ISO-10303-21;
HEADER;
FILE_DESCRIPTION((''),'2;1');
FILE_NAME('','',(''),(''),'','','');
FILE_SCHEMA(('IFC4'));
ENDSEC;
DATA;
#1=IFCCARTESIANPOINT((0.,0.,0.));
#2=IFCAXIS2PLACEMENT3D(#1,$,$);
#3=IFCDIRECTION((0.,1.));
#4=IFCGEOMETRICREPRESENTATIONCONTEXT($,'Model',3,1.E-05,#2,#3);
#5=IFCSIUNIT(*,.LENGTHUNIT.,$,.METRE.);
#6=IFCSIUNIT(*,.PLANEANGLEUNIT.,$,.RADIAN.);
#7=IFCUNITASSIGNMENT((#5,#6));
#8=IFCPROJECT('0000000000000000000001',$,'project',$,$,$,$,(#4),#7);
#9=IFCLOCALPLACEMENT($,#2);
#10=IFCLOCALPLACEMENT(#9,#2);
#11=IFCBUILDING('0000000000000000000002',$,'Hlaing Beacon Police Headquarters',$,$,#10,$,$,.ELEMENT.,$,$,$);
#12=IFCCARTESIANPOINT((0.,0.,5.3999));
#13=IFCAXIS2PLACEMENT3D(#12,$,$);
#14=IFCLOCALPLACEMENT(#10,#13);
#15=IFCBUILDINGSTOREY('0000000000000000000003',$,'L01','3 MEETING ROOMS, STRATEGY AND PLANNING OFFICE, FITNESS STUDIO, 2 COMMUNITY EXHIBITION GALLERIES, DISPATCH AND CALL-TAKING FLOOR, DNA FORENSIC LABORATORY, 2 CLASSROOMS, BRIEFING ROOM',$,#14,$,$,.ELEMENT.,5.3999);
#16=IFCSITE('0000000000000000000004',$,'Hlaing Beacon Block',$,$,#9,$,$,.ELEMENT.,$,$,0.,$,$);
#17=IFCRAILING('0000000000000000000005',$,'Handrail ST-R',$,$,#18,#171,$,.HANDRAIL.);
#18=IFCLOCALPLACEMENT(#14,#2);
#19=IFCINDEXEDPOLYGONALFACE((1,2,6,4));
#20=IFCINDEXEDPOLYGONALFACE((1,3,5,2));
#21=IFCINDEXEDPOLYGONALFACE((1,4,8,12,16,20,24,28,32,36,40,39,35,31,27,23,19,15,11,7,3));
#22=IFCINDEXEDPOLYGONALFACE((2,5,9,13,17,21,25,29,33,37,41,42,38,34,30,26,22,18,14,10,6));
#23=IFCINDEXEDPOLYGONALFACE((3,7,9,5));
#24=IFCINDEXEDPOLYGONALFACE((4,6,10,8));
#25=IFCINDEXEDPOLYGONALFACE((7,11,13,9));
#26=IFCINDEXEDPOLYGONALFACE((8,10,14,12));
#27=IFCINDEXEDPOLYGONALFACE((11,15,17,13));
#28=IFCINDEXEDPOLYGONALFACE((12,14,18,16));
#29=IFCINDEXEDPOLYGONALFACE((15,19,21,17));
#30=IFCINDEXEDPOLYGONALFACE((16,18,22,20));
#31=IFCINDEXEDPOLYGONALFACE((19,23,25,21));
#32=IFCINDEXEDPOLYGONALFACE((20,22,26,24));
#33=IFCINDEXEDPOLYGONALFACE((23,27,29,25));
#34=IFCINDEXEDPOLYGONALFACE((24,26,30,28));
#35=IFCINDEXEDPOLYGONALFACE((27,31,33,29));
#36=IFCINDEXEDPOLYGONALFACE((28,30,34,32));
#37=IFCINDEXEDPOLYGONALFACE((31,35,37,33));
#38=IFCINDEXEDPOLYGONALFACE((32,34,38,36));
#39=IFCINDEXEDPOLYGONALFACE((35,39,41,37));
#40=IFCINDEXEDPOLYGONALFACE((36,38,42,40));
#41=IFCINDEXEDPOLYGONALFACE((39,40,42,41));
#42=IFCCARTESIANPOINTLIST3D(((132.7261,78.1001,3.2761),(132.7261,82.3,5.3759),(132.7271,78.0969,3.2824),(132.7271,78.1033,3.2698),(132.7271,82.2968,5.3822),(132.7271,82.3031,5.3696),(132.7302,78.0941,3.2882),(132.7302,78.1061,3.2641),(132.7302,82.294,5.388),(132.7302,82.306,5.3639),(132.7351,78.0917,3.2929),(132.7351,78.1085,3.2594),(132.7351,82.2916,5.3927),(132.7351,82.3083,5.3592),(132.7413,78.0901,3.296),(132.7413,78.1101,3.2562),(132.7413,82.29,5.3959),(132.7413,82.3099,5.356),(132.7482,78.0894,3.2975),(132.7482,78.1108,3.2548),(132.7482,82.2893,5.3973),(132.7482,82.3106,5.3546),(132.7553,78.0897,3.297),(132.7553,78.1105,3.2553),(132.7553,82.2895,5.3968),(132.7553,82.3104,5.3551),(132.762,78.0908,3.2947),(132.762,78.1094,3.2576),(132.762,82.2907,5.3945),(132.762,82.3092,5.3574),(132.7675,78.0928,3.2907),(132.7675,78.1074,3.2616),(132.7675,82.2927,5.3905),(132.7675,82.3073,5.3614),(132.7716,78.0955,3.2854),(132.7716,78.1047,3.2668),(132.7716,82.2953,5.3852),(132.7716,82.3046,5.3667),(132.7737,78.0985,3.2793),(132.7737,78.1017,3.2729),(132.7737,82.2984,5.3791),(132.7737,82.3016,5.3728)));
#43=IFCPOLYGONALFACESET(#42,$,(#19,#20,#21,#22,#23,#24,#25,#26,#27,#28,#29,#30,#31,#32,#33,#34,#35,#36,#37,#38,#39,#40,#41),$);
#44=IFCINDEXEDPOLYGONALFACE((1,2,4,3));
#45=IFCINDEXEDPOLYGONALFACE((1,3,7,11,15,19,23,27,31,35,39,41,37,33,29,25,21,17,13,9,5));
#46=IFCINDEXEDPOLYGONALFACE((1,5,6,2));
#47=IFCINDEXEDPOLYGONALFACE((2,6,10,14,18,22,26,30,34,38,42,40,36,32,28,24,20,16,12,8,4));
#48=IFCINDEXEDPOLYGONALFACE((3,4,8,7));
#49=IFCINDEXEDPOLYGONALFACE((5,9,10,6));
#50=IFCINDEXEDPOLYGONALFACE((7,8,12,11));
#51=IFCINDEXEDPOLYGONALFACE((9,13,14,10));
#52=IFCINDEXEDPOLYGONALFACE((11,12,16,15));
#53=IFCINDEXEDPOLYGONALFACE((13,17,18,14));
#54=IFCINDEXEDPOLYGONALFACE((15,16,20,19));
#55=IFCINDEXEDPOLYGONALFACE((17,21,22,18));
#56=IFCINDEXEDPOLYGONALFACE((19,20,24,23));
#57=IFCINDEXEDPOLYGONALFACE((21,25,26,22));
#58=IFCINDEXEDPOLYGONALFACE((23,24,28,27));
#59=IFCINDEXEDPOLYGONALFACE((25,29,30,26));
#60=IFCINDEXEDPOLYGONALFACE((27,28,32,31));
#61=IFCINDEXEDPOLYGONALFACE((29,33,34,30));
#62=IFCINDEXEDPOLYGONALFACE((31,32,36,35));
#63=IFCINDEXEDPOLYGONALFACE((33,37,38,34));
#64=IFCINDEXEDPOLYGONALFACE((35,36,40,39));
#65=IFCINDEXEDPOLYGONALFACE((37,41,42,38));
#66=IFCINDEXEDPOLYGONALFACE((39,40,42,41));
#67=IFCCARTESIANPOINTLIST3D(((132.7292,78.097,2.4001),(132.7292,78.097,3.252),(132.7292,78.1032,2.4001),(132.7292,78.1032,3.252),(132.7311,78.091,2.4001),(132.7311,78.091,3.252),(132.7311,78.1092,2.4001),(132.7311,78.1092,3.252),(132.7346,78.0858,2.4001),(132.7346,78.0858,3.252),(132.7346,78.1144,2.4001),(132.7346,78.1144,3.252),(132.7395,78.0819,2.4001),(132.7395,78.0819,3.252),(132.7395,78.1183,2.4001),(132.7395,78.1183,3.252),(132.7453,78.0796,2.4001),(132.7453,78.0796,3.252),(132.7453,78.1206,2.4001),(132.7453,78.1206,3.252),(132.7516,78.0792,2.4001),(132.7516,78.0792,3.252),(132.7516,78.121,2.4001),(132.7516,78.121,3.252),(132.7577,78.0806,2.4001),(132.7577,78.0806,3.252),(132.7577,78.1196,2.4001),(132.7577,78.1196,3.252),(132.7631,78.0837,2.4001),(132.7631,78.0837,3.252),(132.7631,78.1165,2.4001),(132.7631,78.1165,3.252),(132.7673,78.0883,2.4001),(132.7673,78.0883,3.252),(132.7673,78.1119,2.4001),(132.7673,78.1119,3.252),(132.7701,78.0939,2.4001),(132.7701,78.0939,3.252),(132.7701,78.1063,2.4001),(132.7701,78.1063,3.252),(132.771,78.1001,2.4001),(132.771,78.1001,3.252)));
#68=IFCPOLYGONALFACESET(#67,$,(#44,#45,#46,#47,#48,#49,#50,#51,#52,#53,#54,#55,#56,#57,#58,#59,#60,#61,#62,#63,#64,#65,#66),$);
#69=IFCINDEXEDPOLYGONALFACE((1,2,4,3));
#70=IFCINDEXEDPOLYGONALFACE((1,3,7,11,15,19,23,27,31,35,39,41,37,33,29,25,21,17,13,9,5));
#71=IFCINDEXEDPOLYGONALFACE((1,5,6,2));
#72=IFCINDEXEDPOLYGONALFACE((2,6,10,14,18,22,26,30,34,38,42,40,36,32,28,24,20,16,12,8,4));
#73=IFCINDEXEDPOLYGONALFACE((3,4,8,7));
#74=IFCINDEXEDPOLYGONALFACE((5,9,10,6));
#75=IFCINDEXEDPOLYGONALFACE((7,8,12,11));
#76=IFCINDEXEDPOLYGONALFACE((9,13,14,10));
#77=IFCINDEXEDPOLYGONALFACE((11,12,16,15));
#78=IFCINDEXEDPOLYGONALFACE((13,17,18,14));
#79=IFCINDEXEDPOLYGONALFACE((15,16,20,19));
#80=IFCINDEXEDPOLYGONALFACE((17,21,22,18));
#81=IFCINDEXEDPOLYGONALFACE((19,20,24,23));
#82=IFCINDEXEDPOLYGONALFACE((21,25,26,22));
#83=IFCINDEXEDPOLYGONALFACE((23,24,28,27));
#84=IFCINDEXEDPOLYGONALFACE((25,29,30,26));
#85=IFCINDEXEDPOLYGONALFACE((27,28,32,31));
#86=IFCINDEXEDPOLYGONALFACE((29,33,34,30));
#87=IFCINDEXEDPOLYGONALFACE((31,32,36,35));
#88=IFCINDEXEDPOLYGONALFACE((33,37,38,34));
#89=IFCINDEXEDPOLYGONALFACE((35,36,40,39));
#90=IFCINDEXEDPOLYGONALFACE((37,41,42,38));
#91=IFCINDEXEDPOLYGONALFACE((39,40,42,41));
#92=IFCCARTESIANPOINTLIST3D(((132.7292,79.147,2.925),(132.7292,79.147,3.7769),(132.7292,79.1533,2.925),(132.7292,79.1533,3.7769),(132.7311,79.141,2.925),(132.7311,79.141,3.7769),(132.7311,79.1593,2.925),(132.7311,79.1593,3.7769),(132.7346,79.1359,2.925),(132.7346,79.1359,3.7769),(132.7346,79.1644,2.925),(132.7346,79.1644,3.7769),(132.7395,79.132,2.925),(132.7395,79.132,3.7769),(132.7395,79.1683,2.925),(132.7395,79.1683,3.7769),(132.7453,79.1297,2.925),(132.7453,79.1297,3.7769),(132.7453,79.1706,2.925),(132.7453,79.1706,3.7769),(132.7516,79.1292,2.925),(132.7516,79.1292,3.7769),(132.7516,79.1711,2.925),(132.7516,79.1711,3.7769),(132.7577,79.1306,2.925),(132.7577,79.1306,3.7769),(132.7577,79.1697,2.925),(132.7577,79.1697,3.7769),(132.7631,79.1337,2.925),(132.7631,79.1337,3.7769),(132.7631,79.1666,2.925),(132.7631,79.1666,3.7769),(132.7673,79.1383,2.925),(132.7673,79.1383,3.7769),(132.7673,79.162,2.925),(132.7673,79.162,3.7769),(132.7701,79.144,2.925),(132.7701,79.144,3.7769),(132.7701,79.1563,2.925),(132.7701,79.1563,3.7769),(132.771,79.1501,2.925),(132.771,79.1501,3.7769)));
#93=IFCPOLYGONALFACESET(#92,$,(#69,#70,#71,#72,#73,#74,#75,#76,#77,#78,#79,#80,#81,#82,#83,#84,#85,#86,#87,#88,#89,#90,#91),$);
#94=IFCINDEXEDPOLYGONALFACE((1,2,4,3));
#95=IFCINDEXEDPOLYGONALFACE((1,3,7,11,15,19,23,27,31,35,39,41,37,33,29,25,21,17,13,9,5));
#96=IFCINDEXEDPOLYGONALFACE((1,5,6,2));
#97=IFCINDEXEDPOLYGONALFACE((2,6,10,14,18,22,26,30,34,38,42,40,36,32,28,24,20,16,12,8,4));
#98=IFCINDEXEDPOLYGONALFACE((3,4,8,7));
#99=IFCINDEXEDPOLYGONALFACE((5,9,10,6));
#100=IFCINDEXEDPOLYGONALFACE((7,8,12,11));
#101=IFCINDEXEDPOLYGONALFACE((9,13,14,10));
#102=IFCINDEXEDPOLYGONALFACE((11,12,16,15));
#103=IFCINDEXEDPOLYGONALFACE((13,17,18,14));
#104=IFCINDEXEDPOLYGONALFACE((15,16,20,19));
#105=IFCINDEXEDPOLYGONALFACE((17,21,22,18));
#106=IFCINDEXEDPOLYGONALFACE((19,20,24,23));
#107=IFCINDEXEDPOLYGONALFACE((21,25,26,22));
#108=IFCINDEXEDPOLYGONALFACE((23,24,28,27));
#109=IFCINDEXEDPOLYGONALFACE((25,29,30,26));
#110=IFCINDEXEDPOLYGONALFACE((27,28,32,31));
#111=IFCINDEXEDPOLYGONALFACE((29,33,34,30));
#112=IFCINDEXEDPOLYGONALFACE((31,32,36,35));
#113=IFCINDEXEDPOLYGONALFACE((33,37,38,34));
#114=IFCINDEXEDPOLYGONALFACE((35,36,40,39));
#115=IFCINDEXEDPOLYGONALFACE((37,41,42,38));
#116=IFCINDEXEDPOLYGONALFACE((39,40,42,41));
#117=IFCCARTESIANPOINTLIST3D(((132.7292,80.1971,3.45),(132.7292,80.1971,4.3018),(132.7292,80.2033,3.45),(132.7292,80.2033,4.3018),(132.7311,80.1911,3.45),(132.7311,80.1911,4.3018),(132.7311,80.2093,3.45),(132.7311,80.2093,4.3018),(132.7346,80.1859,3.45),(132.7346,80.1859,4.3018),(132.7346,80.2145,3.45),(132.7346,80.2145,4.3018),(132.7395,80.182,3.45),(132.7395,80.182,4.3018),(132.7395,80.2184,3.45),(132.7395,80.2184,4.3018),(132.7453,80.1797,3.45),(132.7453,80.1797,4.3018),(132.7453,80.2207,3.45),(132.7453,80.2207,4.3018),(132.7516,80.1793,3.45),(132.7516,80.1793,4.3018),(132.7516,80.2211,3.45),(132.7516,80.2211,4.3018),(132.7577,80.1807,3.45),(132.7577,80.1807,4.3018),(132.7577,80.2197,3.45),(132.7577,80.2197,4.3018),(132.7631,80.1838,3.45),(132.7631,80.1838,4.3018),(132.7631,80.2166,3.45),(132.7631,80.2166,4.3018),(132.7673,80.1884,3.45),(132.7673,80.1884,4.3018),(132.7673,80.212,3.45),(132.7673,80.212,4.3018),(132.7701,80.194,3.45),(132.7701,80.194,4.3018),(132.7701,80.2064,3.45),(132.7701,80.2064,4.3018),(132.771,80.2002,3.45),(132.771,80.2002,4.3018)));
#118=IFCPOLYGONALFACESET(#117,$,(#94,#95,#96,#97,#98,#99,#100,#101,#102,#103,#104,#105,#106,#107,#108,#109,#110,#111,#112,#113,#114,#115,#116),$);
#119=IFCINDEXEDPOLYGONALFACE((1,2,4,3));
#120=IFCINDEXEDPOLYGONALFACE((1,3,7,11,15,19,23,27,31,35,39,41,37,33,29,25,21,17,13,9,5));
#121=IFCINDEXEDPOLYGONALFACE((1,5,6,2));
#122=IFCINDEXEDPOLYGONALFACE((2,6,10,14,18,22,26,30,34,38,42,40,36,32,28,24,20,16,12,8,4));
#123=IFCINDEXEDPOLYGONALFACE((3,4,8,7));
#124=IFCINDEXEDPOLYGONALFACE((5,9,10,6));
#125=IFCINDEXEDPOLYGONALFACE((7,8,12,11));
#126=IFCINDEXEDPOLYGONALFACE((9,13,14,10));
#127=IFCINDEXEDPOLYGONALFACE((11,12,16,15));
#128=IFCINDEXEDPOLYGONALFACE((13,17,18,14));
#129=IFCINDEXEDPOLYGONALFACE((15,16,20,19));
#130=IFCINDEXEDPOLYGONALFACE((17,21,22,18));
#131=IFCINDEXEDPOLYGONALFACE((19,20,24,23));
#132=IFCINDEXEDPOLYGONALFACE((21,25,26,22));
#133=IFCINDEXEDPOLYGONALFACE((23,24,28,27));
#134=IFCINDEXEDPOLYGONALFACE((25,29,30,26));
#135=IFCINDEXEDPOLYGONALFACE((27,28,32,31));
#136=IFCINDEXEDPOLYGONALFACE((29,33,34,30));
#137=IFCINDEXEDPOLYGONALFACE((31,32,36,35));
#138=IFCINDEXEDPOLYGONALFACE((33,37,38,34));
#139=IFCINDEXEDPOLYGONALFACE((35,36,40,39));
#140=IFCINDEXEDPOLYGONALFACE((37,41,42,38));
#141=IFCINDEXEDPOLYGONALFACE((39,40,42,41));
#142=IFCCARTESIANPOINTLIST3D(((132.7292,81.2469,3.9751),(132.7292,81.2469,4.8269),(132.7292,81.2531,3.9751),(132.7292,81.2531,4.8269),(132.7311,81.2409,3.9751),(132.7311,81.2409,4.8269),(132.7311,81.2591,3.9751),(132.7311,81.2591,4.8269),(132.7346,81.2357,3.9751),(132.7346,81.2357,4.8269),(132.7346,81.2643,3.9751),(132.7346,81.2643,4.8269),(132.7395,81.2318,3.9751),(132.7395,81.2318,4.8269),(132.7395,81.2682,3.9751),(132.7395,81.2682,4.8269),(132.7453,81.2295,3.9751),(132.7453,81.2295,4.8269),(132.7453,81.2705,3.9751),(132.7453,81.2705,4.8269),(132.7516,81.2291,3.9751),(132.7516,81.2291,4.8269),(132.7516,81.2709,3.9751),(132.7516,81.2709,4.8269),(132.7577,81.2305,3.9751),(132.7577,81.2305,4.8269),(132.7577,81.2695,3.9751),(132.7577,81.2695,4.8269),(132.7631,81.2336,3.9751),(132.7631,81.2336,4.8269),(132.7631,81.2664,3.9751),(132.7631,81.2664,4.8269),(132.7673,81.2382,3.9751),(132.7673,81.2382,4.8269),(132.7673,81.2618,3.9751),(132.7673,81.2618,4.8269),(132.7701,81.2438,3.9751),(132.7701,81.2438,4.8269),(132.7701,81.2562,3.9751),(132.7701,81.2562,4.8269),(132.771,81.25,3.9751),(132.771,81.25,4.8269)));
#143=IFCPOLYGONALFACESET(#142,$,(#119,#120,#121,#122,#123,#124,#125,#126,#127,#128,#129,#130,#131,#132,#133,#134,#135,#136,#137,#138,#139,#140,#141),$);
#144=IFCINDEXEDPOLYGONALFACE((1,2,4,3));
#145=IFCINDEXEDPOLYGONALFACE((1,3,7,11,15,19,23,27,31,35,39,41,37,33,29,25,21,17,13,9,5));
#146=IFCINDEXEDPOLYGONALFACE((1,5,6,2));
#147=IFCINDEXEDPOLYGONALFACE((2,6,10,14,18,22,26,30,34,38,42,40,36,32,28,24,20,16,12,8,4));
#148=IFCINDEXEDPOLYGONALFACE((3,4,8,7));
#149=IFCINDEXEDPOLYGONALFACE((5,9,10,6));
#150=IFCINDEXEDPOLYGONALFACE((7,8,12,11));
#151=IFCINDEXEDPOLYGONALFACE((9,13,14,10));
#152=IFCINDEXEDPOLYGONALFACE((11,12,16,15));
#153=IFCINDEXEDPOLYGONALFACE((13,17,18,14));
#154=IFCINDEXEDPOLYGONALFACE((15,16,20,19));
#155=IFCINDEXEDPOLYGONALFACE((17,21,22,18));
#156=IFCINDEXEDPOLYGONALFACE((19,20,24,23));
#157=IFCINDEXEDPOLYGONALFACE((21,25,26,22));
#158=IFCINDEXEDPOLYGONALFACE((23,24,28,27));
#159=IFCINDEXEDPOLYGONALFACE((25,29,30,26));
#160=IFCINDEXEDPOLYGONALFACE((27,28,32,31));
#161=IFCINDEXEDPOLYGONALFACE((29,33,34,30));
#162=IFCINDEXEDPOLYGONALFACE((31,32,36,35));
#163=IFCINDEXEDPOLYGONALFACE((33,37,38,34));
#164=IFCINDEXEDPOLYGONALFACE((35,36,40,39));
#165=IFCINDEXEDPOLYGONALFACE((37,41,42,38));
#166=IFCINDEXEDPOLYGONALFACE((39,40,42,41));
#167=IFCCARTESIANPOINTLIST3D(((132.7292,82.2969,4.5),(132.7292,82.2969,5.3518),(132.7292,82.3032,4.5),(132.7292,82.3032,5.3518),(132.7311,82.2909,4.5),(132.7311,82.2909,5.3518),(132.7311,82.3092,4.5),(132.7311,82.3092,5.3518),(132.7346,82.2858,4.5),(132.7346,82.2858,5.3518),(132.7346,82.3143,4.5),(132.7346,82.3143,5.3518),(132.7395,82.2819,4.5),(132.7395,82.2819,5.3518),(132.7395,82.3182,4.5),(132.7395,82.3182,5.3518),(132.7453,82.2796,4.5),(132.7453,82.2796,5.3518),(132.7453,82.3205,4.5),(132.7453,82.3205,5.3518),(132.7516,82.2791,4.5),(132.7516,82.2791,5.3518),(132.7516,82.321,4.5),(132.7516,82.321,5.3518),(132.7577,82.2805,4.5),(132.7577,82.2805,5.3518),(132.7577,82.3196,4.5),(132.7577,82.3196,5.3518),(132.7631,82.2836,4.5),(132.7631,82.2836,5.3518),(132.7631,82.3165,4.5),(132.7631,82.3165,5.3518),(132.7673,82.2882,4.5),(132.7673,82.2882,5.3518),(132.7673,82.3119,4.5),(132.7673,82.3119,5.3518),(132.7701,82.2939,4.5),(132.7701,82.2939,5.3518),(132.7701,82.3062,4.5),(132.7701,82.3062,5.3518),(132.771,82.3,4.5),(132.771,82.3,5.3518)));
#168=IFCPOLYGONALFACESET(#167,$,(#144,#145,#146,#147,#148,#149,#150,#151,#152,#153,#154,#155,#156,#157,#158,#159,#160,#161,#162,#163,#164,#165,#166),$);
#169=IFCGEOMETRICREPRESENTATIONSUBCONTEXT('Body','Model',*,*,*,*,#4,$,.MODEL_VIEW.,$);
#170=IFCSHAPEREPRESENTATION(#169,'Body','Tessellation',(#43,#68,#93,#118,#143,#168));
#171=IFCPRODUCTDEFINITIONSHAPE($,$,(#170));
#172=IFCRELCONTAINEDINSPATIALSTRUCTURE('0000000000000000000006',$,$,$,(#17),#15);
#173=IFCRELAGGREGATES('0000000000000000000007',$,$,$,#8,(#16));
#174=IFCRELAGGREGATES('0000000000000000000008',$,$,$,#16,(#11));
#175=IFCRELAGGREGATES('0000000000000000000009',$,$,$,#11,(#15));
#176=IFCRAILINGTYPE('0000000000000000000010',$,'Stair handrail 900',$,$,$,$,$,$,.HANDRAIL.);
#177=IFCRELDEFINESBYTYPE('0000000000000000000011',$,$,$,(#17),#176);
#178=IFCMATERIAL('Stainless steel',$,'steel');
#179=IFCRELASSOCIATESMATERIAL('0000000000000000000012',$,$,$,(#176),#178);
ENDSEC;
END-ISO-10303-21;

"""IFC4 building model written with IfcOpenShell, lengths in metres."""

from ifc_helpers import new_model, si_unit, direction, frame, origin, origin_2d, place, context, subcontext, project, spatial, circle, extrude, material, type_object, element, save


model = new_model("IFC4")

# Units and contexts
model_context = context("Model", 3, precision=1e-05, world=origin(), true_north=direction((0.0, 1.0)))
body_context = subcontext(model_context, "Body", "Model", "MODEL_VIEW")
ifc_project = project(units=[si_unit("LENGTHUNIT", "METRE"), si_unit("PLANEANGLEUNIT", "RADIAN")], contexts=[model_context])

# Site, building, storey
site_placement = place(None, origin())
site = spatial("IfcSite", under=ifc_project, at=site_placement, Name="Hlaing Beacon Block", CompositionType="ELEMENT", RefElevation=0.0)
building_placement = place(site_placement, origin())
building = spatial("IfcBuilding", under=site, at=building_placement, Name="Hlaing Beacon Police Headquarters", CompositionType="ELEMENT")
storey_placement = place(building_placement, frame((0.0, 0.0, 5.3999)))
storey = spatial("IfcBuildingStorey", under=building, at=storey_placement, Name="L01", Description="3 MEETING ROOMS, STRATEGY AND PLANNING OFFICE, FITNESS STUDIO, 2 COMMUNITY EXHIBITION GALLERIES, DISPATCH AND CALL-TAKING FLOOR, DNA FORENSIC LABORATORY, 2 CLASSROOMS, BRIEFING ROOM", CompositionType="ELEMENT", Elevation=5.3999)

# Railing
ifc_material_1 = material(Name="Stainless steel", Category="steel")
railing_type_1 = type_object("IfcRailingType", Name="Stair handrail 900", PredefinedType="HANDRAIL", material=ifc_material_1)
railing_1_placement = place(storey_placement, frame((132.75, 78.1001, 2.4001)))
element("IfcRailing", 1, at=railing_1_placement, inside=storey, type_object=railing_type_1, Name="Handrail ST-R", PredefinedType="HANDRAIL", context=body_context, shape_type="SweptSolid", body=[
    extrude(circle(Radius=0.0239, at=origin_2d()), frame((0.0, 0.0, 0.876), z_axis=(0.0, 0.894438, 0.447193), x_axis=(-1.0, 0.0, 0.0)), (0.0, 0.0, 1.0), 4.6956),
    extrude(circle(Radius=0.021, at=origin_2d()), origin(), (0.0, 0.0, 1.0), 0.8518),
    extrude(circle(Radius=0.021, at=origin_2d()), frame((0.0, 1.05, 0.5249)), (0.0, 0.0, 1.0), 0.8518),
    extrude(circle(Radius=0.021, at=origin_2d()), frame((0.0, 2.1001, 1.0498)), (0.0, 0.0, 1.0), 0.8518),
    extrude(circle(Radius=0.021, at=origin_2d()), frame((0.0, 3.1499, 1.575)), (0.0, 0.0, 1.0), 0.8518),
    extrude(circle(Radius=0.021, at=origin_2d()), frame((0.0, 4.2, 2.0999)), (0.0, 0.0, 1.0), 0.8518),
])

save(model, "model.ifc")
